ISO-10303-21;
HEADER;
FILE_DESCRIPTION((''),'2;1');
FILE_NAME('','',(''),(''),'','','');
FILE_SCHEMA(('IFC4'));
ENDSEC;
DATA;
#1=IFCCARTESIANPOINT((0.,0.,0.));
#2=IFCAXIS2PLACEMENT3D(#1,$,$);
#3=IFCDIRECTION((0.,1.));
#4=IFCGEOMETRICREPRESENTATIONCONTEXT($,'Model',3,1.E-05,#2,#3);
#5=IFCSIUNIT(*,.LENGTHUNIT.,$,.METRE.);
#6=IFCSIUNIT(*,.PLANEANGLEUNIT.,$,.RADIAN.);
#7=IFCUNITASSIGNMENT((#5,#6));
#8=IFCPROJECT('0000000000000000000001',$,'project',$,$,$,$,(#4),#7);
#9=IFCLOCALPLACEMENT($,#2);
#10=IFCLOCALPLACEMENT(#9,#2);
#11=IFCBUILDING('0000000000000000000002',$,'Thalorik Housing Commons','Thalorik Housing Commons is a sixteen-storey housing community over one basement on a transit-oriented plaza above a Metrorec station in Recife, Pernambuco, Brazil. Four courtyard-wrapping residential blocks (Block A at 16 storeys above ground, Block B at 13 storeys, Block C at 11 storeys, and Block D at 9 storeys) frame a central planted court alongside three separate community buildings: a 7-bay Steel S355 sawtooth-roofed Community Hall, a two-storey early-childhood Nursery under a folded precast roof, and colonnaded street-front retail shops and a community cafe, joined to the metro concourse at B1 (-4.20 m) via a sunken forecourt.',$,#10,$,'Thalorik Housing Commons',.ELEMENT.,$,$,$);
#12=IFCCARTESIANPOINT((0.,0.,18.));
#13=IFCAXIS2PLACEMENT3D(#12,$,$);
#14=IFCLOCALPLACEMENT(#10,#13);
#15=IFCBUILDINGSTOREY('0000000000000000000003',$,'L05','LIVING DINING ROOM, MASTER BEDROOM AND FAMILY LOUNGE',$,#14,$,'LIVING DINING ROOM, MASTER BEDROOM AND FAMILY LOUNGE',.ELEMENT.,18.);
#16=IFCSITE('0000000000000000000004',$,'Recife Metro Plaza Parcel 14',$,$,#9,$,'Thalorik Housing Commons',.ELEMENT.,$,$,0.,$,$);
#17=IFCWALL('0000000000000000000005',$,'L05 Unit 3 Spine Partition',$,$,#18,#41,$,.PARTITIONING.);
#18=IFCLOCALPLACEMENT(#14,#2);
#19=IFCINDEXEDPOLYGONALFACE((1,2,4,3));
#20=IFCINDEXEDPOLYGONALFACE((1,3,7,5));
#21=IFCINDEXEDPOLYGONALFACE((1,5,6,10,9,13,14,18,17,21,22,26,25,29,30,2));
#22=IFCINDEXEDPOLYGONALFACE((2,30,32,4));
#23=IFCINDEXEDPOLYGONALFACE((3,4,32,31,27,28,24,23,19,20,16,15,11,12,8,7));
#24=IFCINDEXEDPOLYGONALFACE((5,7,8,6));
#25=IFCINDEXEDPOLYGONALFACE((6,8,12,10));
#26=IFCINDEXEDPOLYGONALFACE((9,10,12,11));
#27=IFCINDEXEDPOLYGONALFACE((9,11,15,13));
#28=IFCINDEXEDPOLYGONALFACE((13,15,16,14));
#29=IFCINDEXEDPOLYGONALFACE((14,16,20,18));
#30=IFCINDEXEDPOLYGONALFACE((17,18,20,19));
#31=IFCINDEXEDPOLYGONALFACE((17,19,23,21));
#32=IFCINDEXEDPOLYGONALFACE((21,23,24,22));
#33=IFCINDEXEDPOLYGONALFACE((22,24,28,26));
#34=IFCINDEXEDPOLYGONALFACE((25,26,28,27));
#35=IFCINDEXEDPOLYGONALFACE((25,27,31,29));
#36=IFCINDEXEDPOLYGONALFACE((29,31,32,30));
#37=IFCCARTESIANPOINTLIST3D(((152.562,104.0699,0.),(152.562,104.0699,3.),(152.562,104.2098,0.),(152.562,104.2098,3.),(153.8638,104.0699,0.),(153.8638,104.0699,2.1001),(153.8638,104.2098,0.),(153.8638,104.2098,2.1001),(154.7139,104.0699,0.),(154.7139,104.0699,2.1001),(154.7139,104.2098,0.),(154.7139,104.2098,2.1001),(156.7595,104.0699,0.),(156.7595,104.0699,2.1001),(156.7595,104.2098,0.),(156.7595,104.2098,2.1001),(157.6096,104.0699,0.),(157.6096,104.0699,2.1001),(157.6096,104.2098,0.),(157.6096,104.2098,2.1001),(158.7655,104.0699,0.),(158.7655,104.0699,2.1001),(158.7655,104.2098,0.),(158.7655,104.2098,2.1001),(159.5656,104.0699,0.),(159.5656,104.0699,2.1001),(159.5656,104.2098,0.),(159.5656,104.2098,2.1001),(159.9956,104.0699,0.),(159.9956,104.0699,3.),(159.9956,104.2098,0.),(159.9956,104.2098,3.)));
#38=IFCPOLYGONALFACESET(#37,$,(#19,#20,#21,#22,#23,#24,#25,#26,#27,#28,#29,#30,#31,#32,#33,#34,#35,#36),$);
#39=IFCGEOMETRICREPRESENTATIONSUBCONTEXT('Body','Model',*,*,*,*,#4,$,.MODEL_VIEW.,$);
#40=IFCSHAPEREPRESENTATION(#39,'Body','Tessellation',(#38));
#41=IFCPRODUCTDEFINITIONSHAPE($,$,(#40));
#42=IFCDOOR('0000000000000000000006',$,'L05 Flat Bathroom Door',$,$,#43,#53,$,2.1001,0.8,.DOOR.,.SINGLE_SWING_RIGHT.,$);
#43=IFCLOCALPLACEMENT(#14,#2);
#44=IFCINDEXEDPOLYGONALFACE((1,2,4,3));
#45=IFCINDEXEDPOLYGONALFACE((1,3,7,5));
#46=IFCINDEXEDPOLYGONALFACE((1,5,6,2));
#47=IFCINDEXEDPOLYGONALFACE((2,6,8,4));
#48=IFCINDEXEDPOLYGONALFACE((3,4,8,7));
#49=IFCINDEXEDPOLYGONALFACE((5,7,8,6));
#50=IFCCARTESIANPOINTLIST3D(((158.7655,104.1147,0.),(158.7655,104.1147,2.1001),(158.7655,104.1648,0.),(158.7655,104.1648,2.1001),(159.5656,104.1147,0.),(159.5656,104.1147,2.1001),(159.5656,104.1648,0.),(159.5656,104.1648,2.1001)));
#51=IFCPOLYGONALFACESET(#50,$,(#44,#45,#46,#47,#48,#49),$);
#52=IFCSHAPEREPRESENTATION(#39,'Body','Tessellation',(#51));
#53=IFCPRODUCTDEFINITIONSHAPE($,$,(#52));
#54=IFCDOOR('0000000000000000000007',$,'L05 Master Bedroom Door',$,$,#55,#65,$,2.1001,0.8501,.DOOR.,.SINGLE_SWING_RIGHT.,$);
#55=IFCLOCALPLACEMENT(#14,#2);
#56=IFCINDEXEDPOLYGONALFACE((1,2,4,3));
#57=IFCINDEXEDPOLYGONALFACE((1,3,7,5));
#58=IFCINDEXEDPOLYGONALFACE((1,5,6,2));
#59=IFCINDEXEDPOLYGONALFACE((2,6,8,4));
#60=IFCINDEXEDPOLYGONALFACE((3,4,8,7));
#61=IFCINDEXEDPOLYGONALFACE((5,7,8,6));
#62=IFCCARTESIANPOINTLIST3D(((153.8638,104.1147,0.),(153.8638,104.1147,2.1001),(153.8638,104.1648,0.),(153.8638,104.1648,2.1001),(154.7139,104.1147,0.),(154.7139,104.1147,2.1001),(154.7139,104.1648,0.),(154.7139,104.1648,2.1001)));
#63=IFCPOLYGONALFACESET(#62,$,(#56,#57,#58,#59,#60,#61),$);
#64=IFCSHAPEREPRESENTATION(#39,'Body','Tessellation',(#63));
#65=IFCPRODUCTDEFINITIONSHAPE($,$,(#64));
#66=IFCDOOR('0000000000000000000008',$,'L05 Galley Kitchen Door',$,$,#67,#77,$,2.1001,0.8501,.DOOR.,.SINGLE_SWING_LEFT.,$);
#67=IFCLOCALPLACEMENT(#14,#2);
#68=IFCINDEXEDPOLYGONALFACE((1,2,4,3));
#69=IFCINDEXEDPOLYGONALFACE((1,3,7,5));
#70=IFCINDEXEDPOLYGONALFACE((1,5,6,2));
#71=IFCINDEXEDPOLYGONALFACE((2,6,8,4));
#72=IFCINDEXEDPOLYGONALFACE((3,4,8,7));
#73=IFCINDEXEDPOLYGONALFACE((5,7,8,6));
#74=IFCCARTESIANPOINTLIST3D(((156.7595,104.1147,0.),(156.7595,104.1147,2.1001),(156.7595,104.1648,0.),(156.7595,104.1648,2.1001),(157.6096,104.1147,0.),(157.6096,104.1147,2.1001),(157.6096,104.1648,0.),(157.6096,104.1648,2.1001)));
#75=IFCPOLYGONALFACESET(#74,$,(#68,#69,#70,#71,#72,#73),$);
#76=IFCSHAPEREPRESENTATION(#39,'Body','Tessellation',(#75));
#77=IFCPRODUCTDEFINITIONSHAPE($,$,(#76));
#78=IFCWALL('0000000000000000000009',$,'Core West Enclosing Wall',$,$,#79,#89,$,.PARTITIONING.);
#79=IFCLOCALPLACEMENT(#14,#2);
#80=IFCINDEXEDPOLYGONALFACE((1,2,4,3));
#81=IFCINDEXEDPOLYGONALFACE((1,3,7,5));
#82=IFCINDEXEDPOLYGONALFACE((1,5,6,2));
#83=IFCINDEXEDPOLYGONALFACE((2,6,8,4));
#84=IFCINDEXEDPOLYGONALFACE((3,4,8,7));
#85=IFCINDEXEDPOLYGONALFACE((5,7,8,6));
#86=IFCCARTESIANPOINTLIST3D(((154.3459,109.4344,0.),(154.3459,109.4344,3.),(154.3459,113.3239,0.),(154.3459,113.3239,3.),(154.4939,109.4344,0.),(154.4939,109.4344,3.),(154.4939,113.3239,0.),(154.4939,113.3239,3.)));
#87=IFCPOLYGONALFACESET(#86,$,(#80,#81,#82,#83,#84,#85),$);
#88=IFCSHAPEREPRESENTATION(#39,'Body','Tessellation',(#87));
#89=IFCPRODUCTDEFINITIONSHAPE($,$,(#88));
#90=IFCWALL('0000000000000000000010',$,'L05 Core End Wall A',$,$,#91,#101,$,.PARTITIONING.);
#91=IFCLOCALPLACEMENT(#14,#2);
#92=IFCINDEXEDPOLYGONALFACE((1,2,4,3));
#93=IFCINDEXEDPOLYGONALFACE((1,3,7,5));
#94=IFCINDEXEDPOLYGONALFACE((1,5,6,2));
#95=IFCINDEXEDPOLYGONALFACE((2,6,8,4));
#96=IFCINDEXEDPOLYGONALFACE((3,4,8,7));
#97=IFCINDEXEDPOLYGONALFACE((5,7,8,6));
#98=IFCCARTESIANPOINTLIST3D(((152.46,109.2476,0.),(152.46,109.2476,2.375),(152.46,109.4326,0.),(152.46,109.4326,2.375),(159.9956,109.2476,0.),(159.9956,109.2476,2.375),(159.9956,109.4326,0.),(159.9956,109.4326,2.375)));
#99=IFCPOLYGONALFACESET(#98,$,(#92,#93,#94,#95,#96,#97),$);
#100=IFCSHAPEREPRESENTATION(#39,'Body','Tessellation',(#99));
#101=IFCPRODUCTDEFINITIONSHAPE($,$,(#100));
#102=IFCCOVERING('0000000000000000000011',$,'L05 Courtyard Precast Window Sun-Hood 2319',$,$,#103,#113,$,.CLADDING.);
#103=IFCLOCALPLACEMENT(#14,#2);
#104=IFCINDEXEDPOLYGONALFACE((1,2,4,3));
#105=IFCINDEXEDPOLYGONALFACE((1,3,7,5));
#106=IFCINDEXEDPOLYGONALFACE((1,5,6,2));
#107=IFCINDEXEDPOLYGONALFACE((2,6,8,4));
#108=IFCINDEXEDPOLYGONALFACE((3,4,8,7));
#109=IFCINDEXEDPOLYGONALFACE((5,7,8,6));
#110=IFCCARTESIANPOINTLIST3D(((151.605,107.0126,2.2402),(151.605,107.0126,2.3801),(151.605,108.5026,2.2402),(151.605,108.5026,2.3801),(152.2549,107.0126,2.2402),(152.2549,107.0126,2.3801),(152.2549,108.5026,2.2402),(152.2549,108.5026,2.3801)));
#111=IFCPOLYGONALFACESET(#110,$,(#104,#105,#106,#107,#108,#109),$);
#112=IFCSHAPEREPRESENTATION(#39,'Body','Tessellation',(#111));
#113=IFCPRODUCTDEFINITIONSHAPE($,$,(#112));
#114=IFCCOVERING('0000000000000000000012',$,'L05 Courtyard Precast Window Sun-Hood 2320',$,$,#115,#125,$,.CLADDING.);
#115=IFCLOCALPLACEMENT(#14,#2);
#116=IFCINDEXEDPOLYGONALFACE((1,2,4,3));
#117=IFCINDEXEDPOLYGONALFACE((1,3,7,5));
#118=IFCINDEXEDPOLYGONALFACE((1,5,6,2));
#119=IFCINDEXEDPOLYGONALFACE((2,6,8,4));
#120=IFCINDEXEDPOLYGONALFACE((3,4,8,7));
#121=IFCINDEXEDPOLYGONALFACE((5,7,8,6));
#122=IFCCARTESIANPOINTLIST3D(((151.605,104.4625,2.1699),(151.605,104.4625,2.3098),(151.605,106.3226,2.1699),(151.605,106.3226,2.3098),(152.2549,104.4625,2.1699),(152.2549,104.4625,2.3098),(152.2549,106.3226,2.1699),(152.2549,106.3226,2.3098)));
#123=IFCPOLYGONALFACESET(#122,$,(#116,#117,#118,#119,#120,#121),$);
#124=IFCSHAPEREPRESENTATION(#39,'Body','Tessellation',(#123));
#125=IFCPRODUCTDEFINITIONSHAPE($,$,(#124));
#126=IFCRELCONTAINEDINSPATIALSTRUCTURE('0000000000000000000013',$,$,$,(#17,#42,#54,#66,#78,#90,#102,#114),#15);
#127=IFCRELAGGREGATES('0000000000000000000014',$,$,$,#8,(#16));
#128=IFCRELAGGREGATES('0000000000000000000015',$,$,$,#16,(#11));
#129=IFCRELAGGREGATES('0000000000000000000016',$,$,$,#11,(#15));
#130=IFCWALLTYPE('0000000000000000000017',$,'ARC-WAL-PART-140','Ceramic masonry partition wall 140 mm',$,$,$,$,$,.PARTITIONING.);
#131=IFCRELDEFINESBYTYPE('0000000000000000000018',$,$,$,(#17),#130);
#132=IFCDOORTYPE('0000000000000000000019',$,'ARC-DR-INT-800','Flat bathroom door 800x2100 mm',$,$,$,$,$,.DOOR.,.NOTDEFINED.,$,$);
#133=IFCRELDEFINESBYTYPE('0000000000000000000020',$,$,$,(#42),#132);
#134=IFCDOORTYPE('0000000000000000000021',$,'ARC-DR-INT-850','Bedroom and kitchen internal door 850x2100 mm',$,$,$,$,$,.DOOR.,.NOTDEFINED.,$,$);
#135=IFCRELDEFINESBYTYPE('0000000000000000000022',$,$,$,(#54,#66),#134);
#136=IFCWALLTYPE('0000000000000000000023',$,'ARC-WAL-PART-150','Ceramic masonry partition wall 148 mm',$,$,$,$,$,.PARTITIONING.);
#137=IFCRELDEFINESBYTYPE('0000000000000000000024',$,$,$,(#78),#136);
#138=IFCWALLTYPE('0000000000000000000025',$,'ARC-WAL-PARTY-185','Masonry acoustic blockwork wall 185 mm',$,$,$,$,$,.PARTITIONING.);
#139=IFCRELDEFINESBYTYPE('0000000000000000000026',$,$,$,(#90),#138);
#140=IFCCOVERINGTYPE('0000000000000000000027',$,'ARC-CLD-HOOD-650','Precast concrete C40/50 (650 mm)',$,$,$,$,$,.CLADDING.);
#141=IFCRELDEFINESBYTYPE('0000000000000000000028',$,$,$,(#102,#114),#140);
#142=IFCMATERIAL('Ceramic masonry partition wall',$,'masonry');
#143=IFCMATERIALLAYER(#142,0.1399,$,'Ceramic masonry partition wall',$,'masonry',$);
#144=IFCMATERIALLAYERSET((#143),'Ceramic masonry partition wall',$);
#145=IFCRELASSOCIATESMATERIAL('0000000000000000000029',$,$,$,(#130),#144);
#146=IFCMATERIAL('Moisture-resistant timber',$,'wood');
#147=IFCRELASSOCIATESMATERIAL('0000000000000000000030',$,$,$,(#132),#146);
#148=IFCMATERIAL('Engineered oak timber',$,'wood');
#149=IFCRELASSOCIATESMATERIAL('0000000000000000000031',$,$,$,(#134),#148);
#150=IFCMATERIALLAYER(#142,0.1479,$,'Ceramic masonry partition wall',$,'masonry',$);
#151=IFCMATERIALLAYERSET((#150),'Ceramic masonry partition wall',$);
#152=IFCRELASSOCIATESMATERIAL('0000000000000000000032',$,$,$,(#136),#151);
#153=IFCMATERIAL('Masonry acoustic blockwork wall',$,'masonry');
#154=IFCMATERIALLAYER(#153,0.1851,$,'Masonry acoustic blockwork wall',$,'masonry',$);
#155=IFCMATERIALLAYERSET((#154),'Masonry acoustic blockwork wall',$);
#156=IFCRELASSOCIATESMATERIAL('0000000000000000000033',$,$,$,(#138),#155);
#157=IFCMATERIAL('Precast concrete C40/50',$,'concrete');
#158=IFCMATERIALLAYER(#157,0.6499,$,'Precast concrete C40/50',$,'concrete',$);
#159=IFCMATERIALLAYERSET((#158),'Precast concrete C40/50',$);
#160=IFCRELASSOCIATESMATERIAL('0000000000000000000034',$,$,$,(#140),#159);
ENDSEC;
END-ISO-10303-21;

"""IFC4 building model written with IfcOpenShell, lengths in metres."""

from ifc_helpers import new_model, si_unit, direction, frame, frame_2d, origin, origin_2d, place, context, subcontext, project, spatial, rectangle, extrude, material, layer, layer_set, type_object, element, fill, save


model = new_model("IFC4")

# Units and contexts
model_context = context("Model", 3, precision=1e-05, world=origin(), true_north=direction((0.0, 1.0)))
body_context = subcontext(model_context, "Body", "Model", "MODEL_VIEW")
ifc_project = project(units=[si_unit("LENGTHUNIT", "METRE"), si_unit("PLANEANGLEUNIT", "RADIAN")], contexts=[model_context])

# Site, building, storey
site_placement = place(None, origin())
site = spatial("IfcSite", under=ifc_project, at=site_placement, Name="Recife Metro Plaza Parcel 14", LongName="Thalorik Housing Commons", CompositionType="ELEMENT", RefElevation=0.0)
building_placement = place(site_placement, origin())
building = spatial("IfcBuilding", under=site, at=building_placement, Name="Thalorik Housing Commons", Description="Thalorik Housing Commons is a sixteen-storey housing community over one basement on a transit-oriented plaza above a Metrorec station in Recife, Pernambuco, Brazil. Four courtyard-wrapping residential blocks (Block A at 16 storeys above ground, Block B at 13 storeys, Block C at 11 storeys, and Block D at 9 storeys) frame a central planted court alongside three separate community buildings: a 7-bay Steel S355 sawtooth-roofed Community Hall, a two-storey early-childhood Nursery under a folded precast roof, and colonnaded street-front retail shops and a community cafe, joined to the metro concourse at B1 (-4.20 m) via a sunken forecourt.", LongName="Thalorik Housing Commons", CompositionType="ELEMENT")
storey_placement = place(building_placement, frame((0.0, 0.0, 18.0)))
storey = spatial("IfcBuildingStorey", under=building, at=storey_placement, Name="L05", Description="LIVING DINING ROOM, MASTER BEDROOM AND FAMILY LOUNGE", LongName="LIVING DINING ROOM, MASTER BEDROOM AND FAMILY LOUNGE", CompositionType="ELEMENT", Elevation=18.0)

# Shared definitions
ifc_material_1 = material(Name="Precast concrete C40/50", Category="concrete")

# Wall, openings, doors
ifc_material_2 = material(Name="Ceramic masonry partition wall", Category="masonry")
ifc_layer_1 = layer(ifc_material_2, 0.1399, Name="Ceramic masonry partition wall", Category="masonry")
ifc_layer_set_1 = layer_set([ifc_layer_1], Name="Ceramic masonry partition wall")
wall_type_1 = type_object("IfcWallType", Name="ARC-WAL-PART-140", Description="Ceramic masonry partition wall 140 mm", PredefinedType="PARTITIONING", material=ifc_layer_set_1)
wall_1_placement = place(storey_placement, frame((152.562, 104.1399, 0.0), z_axis=(0.0, 0.0, 1.0), x_axis=(1.0, 0.0, 0.0)))
wall_1 = element("IfcWall", 1, at=wall_1_placement, inside=storey, type_object=wall_type_1, Name="L05 Unit 3 Spine Partition", PredefinedType="PARTITIONING", context=body_context, shape_type="SweptSolid", body=[
    extrude(rectangle(XDim=7.4336, YDim=0.1399, at=frame_2d((3.7168, 0.0))), origin(), (0.0, 0.0, 1.0), 3.0),
])
opening_1_placement = place(wall_1_placement, frame((1.3018, 0.0, 0.0)))
opening_1 = element("IfcOpeningElement", 2, at=opening_1_placement, cuts=wall_1, PredefinedType="OPENING", context=body_context, shape_type="SweptSolid", body=[
    extrude(rectangle(XDim=0.8501, YDim=2.1001, at=frame_2d((0.425, 1.05))), frame((0.0, 0.0801, 0.0), z_axis=(0.0, -1.0, 0.0), x_axis=(1.0, 0.0, 0.0)), (0.0, 0.0, 1.0), 0.1599),
])
opening_2_placement = place(wall_1_placement, frame((4.1975, 0.0, 0.0)))
opening_2 = element("IfcOpeningElement", 3, at=opening_2_placement, cuts=wall_1, PredefinedType="OPENING", context=body_context, shape_type="SweptSolid", body=[
    extrude(rectangle(XDim=0.8501, YDim=2.1001, at=frame_2d((0.425, 1.05))), frame((0.0, 0.0801, 0.0), z_axis=(0.0, -1.0, 0.0), x_axis=(1.0, 0.0, 0.0)), (0.0, 0.0, 1.0), 0.1599),
])
opening_3_placement = place(wall_1_placement, frame((6.2036, 0.0, 0.0)))
opening_3 = element("IfcOpeningElement", 4, at=opening_3_placement, cuts=wall_1, PredefinedType="OPENING", context=body_context, shape_type="SweptSolid", body=[
    extrude(rectangle(XDim=0.8, YDim=2.1001, at=frame_2d((0.3999, 1.05))), frame((0.0, 0.0801, 0.0), z_axis=(0.0, -1.0, 0.0), x_axis=(1.0, 0.0, 0.0)), (0.0, 0.0, 1.0), 0.1599),
])
ifc_material_3 = material(Name="Moisture-resistant timber", Category="wood")
door_type_1 = type_object("IfcDoorType", Name="ARC-DR-INT-800", Description="Flat bathroom door 800x2100 mm", OperationType="NOTDEFINED", PredefinedType="DOOR", material=ifc_material_3)
door_1_placement = place(opening_3_placement, origin())
door_1 = element("IfcDoor", 5, at=door_1_placement, inside=storey, type_object=door_type_1, Name="L05 Flat Bathroom Door", OperationType="SINGLE_SWING_RIGHT", OverallHeight=2.1001, OverallWidth=0.8, PredefinedType="DOOR", context=body_context, shape_type="SweptSolid", body=[
    extrude(rectangle(XDim=0.8, YDim=2.1001, at=frame_2d((0.3999, 1.05))), frame((0.0, 0.0249, 0.0), z_axis=(0.0, -1.0, 0.0), x_axis=(1.0, 0.0, 0.0)), (0.0, 0.0, 1.0), 0.05),
])
fill(opening_3, door_1)
ifc_material_4 = material(Name="Engineered oak timber", Category="wood")
door_type_2 = type_object("IfcDoorType", Name="ARC-DR-INT-850", Description="Bedroom and kitchen internal door 850x2100 mm", OperationType="NOTDEFINED", PredefinedType="DOOR", material=ifc_material_4)
door_2_placement = place(opening_1_placement, origin())
door_2 = element("IfcDoor", 6, at=door_2_placement, inside=storey, type_object=door_type_2, Name="L05 Master Bedroom Door", OperationType="SINGLE_SWING_RIGHT", OverallHeight=2.1001, OverallWidth=0.8501, PredefinedType="DOOR", context=body_context, shape_type="SweptSolid", body=[
    extrude(rectangle(XDim=0.8501, YDim=2.1001, at=frame_2d((0.425, 1.05))), frame((0.0, 0.0249, 0.0), z_axis=(0.0, -1.0, 0.0), x_axis=(1.0, 0.0, 0.0)), (0.0, 0.0, 1.0), 0.05),
])
fill(opening_1, door_2)
door_3_placement = place(opening_2_placement, origin())
door_3 = element("IfcDoor", 7, at=door_3_placement, inside=storey, type_object=door_type_2, Name="L05 Galley Kitchen Door", OperationType="SINGLE_SWING_LEFT", OverallHeight=2.1001, OverallWidth=0.8501, PredefinedType="DOOR", context=body_context, shape_type="SweptSolid", body=[
    extrude(rectangle(XDim=0.8501, YDim=2.1001, at=frame_2d((0.425, 1.05))), frame((0.0, 0.0249, 0.0), z_axis=(0.0, -1.0, 0.0), x_axis=(1.0, 0.0, 0.0)), (0.0, 0.0, 1.0), 0.05),
])
fill(opening_2, door_3)

# Walls
ifc_layer_2 = layer(ifc_material_2, 0.1479, Name="Ceramic masonry partition wall", Category="masonry")
ifc_layer_set_2 = layer_set([ifc_layer_2], Name="Ceramic masonry partition wall")
wall_type_2 = type_object("IfcWallType", Name="ARC-WAL-PART-150", Description="Ceramic masonry partition wall 148 mm", PredefinedType="PARTITIONING", material=ifc_layer_set_2)
wall_2_placement = place(storey_placement, frame((154.4199, 113.324, 0.0), z_axis=(0.0, 0.0, 1.0), x_axis=(0.0, -1.0, 0.0)))
element("IfcWall", 8, at=wall_2_placement, inside=storey, type_object=wall_type_2, Name="Core West Enclosing Wall", PredefinedType="PARTITIONING", context=body_context, shape_type="SweptSolid", body=[
    extrude(rectangle(XDim=3.8894, YDim=0.1479, at=frame_2d((1.9448, 0.0))), origin(), (0.0, 0.0, 1.0), 3.0),
])
ifc_material_5 = material(Name="Masonry acoustic blockwork wall", Category="masonry")
ifc_layer_3 = layer(ifc_material_5, 0.1851, Name="Masonry acoustic blockwork wall", Category="masonry")
ifc_layer_set_3 = layer_set([ifc_layer_3], Name="Masonry acoustic blockwork wall")
wall_type_3 = type_object("IfcWallType", Name="ARC-WAL-PARTY-185", Description="Masonry acoustic blockwork wall 185 mm", PredefinedType="PARTITIONING", material=ifc_layer_set_3)
wall_3_placement = place(storey_placement, frame((152.46, 109.3401, 0.0), z_axis=(0.0, 0.0, 1.0), x_axis=(1.0, 0.0, 0.0)))
element("IfcWall", 9, at=wall_3_placement, inside=storey, type_object=wall_type_3, Name="L05 Core End Wall A", PredefinedType="PARTITIONING", context=body_context, shape_type="SweptSolid", body=[
    extrude(rectangle(XDim=7.5356, YDim=0.1851, at=frame_2d((3.7678, 0.0))), origin(), (0.0, 0.0, 1.0), 2.375),
])

# Coverings
ifc_layer_4 = layer(ifc_material_1, 0.6499, Name="Precast concrete C40/50", Category="concrete")
ifc_layer_set_4 = layer_set([ifc_layer_4], Name="Precast concrete C40/50")
covering_type = type_object("IfcCoveringType", Name="ARC-CLD-HOOD-650", Description="Precast concrete C40/50 (650 mm)", PredefinedType="CLADDING", material=ifc_layer_set_4)
covering_1_placement = place(storey_placement, frame((151.9299, 107.7576, 2.2402), z_axis=(0.0, 0.0, 1.0), x_axis=(0.0, -1.0, 0.0)))
element("IfcCovering", 10, at=covering_1_placement, inside=storey, type_object=covering_type, Name="L05 Courtyard Precast Window Sun-Hood 2319", PredefinedType="CLADDING", context=body_context, shape_type="SweptSolid", body=[
    extrude(rectangle(XDim=1.49, YDim=0.6499, at=origin_2d()), origin(), (0.0, 0.0, 1.0), 0.1399),
])
covering_2_placement = place(storey_placement, frame((151.9299, 105.3926, 2.1699), z_axis=(0.0, 0.0, 1.0), x_axis=(0.0, -1.0, 0.0)))
element("IfcCovering", 11, at=covering_2_placement, inside=storey, type_object=covering_type, Name="L05 Courtyard Precast Window Sun-Hood 2320", PredefinedType="CLADDING", context=body_context, shape_type="SweptSolid", body=[
    extrude(rectangle(XDim=1.8601, YDim=0.6499, at=origin_2d()), origin(), (0.0, 0.0, 1.0), 0.1399),
])

save(model, "model.ifc")
